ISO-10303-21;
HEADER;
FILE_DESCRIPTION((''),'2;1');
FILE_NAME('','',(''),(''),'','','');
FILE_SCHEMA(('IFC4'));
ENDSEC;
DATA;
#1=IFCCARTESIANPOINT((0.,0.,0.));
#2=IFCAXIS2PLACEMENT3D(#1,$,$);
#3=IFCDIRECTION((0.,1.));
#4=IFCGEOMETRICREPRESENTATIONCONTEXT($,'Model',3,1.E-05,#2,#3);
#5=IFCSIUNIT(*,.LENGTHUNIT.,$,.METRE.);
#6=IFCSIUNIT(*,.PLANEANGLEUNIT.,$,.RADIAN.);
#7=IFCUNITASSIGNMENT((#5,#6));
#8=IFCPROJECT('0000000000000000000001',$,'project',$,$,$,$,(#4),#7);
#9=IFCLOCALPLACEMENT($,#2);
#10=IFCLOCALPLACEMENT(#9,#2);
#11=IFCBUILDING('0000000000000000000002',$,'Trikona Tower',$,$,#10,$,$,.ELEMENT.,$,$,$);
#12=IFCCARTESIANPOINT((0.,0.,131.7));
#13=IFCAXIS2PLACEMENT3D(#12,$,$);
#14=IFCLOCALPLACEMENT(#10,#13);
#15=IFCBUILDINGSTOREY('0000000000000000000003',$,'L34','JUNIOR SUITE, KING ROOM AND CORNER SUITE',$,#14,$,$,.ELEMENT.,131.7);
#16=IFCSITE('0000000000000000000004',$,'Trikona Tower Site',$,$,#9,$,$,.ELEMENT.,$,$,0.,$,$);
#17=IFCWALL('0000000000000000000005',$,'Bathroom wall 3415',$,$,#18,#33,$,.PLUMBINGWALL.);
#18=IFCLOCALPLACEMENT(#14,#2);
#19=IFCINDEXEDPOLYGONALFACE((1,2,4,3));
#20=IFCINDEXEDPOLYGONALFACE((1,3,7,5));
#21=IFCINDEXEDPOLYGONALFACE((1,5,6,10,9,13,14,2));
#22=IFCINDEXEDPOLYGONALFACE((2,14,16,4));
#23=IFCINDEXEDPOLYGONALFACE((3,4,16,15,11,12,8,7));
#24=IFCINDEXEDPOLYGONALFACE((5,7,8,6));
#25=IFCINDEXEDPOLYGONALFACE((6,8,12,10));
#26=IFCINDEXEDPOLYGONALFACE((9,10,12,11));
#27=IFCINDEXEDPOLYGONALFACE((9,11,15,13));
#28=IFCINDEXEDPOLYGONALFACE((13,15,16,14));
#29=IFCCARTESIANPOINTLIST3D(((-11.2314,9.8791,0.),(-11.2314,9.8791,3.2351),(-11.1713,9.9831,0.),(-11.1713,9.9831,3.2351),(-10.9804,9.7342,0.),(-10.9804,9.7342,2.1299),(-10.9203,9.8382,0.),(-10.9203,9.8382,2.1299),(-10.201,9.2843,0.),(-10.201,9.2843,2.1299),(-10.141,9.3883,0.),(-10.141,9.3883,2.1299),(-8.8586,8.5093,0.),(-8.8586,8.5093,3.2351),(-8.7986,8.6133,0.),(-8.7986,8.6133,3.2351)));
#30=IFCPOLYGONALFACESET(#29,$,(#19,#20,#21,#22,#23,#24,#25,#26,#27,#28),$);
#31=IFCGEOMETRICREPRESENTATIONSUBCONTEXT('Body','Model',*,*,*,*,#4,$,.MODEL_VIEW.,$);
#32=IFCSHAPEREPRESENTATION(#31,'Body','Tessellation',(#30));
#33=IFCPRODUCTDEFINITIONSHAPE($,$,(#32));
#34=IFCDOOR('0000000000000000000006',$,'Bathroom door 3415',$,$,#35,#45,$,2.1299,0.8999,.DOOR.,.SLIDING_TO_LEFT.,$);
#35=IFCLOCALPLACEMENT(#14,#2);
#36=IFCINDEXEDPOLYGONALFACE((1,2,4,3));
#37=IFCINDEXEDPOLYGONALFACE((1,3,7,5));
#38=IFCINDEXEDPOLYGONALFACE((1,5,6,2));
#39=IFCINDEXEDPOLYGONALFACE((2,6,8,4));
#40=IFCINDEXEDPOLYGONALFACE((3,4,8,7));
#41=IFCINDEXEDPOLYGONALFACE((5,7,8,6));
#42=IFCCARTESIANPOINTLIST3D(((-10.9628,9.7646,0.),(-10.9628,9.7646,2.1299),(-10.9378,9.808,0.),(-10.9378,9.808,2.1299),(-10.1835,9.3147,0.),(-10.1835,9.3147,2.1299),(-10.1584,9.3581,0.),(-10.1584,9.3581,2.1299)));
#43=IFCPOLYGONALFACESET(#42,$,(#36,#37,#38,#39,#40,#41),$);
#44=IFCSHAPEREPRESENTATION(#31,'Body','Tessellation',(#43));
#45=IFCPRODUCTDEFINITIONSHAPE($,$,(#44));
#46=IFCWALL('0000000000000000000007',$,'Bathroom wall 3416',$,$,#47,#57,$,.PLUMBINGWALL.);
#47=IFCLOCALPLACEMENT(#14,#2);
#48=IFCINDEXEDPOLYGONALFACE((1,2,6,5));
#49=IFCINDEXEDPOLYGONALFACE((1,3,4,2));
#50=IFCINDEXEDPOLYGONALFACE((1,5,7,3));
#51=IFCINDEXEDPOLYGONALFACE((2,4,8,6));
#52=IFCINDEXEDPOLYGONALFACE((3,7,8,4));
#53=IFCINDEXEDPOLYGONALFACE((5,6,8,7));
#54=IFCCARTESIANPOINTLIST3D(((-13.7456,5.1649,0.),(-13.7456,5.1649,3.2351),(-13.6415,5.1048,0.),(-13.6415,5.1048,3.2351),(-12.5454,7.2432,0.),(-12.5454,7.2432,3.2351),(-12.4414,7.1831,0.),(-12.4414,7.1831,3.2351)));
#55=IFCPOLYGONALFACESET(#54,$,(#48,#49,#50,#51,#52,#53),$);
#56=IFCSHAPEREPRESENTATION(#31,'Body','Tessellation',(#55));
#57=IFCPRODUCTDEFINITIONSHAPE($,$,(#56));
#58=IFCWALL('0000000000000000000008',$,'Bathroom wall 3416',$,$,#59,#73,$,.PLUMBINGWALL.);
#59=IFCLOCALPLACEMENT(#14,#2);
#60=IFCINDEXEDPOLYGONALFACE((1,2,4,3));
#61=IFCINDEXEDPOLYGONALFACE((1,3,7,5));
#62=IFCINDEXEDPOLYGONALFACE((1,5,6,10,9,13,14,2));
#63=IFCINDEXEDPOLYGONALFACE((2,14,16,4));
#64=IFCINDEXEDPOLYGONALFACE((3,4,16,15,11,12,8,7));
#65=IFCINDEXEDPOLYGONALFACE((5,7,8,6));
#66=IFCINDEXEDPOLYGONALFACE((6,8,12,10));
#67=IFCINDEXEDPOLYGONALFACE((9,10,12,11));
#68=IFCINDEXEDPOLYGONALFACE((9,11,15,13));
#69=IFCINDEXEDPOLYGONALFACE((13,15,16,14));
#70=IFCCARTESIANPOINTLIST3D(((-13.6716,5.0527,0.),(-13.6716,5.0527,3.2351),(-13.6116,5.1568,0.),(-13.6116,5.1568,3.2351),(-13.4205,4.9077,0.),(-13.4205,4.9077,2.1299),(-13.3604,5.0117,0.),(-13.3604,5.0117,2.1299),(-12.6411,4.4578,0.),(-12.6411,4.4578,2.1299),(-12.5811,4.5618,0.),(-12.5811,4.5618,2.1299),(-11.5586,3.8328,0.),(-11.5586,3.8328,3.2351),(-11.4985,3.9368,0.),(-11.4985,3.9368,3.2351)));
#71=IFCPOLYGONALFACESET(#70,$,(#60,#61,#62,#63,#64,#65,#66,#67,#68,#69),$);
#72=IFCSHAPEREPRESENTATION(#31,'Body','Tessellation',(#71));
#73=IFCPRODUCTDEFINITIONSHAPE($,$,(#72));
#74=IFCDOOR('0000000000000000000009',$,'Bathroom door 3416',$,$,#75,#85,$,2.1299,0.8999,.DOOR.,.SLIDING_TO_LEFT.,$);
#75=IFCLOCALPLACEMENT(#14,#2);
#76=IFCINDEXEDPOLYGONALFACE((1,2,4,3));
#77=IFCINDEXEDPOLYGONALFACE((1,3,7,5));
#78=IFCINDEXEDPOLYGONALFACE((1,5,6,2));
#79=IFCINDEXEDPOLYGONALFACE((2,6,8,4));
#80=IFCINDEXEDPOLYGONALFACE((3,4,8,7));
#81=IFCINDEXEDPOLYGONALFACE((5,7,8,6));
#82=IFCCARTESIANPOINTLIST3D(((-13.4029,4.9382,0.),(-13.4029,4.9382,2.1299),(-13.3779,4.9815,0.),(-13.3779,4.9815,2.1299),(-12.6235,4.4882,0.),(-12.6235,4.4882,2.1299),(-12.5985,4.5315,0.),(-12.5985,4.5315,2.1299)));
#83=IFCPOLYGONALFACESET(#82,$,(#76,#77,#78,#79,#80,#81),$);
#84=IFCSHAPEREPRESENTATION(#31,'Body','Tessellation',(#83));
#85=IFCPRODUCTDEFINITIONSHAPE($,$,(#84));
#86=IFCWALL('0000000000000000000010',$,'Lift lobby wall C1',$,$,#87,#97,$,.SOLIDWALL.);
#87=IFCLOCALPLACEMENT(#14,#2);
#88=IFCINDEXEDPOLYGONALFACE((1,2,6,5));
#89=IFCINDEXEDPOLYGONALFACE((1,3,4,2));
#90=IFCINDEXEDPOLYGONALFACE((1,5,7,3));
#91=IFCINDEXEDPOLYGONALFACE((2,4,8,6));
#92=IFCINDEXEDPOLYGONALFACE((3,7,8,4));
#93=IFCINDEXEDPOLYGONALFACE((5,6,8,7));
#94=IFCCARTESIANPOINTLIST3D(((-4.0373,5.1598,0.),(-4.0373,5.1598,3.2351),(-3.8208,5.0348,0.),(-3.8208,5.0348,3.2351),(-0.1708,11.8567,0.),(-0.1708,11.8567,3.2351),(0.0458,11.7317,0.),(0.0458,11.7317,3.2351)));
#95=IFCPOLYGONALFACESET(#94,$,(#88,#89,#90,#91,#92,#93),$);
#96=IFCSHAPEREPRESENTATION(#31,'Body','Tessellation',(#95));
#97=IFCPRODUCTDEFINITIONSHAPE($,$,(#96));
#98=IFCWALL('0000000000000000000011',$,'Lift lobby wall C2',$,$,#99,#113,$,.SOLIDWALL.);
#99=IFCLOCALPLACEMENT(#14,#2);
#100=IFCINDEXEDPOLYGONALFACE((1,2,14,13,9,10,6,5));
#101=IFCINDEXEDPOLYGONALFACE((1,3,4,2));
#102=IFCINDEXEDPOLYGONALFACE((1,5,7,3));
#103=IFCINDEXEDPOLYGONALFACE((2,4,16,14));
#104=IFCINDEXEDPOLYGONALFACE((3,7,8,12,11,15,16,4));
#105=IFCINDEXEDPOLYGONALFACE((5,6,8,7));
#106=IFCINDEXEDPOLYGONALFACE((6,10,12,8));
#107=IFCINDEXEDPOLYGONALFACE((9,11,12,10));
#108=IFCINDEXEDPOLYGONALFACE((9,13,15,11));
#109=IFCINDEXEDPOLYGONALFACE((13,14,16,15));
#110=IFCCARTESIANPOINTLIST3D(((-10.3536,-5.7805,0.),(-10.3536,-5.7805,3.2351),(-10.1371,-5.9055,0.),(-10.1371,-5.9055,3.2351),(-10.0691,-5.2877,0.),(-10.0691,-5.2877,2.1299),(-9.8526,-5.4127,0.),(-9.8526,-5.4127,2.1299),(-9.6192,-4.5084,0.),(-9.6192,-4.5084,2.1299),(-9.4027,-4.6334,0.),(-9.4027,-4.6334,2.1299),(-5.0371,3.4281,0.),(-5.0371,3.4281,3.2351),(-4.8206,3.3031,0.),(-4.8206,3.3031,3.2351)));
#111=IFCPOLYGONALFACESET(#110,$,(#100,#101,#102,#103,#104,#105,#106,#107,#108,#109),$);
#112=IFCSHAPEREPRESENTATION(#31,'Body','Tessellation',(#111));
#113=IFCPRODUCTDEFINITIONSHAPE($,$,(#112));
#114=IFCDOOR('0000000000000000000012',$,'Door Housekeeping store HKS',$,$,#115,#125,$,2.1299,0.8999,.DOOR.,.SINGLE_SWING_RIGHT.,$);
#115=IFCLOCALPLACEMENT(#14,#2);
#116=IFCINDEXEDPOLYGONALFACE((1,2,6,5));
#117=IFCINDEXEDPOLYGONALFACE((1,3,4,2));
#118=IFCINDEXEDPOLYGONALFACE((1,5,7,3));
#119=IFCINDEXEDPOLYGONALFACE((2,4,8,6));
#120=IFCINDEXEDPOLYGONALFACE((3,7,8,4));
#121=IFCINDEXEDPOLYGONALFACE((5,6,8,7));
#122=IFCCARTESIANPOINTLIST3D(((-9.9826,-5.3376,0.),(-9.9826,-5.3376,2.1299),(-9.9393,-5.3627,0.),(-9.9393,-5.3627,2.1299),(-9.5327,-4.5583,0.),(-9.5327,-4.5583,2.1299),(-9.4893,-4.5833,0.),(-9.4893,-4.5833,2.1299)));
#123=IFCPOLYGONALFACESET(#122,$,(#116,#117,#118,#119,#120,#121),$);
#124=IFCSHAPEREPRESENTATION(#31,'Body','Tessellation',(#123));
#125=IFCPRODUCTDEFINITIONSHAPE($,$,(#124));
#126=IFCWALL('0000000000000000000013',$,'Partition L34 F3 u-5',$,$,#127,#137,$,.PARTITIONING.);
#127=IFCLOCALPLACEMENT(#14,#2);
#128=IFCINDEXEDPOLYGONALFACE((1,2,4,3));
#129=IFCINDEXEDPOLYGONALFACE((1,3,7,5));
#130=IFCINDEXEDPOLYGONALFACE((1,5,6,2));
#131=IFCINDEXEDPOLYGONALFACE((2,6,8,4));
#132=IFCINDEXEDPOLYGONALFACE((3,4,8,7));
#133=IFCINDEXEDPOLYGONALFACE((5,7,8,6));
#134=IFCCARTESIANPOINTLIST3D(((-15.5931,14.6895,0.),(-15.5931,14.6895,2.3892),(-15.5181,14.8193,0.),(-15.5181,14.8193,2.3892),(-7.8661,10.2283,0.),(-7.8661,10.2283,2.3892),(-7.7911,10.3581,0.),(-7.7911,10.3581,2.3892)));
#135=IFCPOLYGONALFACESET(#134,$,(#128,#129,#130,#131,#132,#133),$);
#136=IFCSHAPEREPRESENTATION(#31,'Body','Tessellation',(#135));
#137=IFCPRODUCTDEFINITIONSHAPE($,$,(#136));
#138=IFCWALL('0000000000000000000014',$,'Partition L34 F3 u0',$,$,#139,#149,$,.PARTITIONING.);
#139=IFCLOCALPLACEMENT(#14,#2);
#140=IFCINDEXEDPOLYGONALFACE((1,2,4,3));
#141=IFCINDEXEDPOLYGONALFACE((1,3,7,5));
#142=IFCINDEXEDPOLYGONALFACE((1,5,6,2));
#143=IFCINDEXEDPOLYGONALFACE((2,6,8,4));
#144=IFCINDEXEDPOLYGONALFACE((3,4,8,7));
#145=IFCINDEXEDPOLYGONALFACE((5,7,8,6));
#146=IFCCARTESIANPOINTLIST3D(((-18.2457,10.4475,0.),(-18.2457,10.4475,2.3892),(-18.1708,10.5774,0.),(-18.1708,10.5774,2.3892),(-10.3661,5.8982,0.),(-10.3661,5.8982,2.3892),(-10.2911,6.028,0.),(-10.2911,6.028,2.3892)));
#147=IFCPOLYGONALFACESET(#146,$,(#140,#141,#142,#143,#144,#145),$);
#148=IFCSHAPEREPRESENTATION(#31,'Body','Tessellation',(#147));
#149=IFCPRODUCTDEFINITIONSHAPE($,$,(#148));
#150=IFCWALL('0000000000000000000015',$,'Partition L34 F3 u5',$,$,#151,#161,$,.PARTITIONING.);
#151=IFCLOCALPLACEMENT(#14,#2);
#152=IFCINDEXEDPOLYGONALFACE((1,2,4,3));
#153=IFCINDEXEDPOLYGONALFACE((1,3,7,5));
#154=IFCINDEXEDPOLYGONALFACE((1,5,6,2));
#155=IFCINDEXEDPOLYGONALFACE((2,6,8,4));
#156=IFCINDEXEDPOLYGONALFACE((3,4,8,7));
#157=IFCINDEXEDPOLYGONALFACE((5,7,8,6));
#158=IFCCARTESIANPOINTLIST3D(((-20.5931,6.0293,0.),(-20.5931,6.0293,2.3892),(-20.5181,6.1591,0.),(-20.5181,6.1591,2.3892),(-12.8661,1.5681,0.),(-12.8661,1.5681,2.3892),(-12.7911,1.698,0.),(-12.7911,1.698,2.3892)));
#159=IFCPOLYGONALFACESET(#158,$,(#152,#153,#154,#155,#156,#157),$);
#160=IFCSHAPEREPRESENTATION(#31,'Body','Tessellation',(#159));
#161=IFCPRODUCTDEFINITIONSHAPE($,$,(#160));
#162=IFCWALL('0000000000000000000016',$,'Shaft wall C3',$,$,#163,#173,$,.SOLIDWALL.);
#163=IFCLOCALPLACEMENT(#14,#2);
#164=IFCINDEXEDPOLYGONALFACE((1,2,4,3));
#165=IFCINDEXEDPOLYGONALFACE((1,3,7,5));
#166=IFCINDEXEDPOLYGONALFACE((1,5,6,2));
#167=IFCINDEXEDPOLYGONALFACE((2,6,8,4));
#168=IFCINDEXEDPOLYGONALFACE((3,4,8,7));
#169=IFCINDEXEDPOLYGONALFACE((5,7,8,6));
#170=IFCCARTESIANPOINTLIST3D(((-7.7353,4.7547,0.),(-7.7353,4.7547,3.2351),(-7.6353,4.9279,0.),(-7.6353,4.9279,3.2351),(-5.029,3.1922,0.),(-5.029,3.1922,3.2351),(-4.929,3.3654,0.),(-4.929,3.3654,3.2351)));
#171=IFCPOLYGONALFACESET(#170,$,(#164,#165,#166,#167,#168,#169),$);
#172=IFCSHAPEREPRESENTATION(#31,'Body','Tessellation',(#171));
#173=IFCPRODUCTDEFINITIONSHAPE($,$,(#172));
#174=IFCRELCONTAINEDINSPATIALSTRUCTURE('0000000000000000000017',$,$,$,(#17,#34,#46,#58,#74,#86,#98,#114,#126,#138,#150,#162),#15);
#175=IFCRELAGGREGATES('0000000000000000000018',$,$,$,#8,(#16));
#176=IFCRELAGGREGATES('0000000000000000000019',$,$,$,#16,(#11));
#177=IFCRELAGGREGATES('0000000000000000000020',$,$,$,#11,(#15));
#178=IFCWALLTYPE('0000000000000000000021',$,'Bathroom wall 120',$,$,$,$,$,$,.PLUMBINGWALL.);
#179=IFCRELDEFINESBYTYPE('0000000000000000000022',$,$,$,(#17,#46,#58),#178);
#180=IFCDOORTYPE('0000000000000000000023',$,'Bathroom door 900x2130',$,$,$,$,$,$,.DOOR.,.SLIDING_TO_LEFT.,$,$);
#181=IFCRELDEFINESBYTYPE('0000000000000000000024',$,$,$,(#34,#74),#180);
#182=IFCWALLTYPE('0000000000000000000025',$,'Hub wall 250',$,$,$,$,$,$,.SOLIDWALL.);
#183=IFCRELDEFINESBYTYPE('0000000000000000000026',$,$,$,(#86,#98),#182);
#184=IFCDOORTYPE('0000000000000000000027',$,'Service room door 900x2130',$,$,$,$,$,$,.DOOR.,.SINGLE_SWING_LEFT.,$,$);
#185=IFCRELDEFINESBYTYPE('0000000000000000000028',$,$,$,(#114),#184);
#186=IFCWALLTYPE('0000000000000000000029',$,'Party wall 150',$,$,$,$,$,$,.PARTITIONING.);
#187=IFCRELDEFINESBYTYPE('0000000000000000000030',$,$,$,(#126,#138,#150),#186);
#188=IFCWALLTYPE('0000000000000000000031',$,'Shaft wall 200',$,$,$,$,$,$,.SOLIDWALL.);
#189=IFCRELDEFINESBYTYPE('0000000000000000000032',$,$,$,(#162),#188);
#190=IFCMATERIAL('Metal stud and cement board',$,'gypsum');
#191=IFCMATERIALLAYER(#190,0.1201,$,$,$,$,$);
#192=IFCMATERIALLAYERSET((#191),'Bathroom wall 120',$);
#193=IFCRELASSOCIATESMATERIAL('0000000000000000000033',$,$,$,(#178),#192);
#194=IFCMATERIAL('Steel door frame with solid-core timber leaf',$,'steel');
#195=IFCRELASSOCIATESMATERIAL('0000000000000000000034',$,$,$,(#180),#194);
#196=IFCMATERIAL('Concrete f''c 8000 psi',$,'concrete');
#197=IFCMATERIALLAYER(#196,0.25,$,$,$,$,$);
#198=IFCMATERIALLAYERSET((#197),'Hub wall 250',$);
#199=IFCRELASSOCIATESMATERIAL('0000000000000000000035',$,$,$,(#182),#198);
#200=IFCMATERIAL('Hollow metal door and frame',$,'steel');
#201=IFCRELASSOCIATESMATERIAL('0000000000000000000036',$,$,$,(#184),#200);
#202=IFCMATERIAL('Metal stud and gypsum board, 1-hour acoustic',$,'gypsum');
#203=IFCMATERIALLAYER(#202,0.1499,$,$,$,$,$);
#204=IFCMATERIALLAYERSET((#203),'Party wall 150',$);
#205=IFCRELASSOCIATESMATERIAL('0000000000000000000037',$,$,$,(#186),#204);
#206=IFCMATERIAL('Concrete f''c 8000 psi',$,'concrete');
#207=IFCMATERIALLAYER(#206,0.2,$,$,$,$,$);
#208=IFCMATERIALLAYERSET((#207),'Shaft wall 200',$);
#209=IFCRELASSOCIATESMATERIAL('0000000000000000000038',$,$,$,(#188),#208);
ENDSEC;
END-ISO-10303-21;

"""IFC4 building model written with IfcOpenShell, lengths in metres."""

from ifc_helpers import new_model, si_unit, direction, frame, frame_2d, origin, place, context, subcontext, project, spatial, rectangle, extrude, material, layer, layer_set, type_object, element, fill, save


model = new_model("IFC4")

# Units and contexts
model_context = context("Model", 3, precision=1e-05, world=origin(), true_north=direction((0.0, 1.0)))
body_context = subcontext(model_context, "Body", "Model", "MODEL_VIEW")
ifc_project = project(units=[si_unit("LENGTHUNIT", "METRE"), si_unit("PLANEANGLEUNIT", "RADIAN")], contexts=[model_context])

# Site, building, storey
site_placement = place(None, origin())
site = spatial("IfcSite", under=ifc_project, at=site_placement, Name="Trikona Tower Site", CompositionType="ELEMENT", RefElevation=0.0)
building_placement = place(site_placement, origin())
building = spatial("IfcBuilding", under=site, at=building_placement, Name="Trikona Tower", CompositionType="ELEMENT")
storey_placement = place(building_placement, frame((0.0, 0.0, 131.7)))
storey = spatial("IfcBuildingStorey", under=building, at=storey_placement, Name="L34", Description="JUNIOR SUITE, KING ROOM AND CORNER SUITE", CompositionType="ELEMENT", Elevation=131.7)

# Shared definitions
ifc_material_1 = material(Name="Metal stud and cement board", Category="gypsum")
ifc_layer_1 = layer(ifc_material_1, 0.1201)
ifc_layer_set_1 = layer_set([ifc_layer_1], Name="Bathroom wall 120")
wall_type_1 = type_object("IfcWallType", Name="Bathroom wall 120", PredefinedType="PLUMBINGWALL", material=ifc_layer_set_1)
ifc_material_2 = material(Name="Steel door frame with solid-core timber leaf", Category="steel")
door_type_1 = type_object("IfcDoorType", Name="Bathroom door 900x2130", OperationType="SLIDING_TO_LEFT", PredefinedType="DOOR", material=ifc_material_2)

# Wall, opening, door
wall_1_placement = place(storey_placement, frame((-8.8286, 8.5613, 0.0), z_axis=(0.0, 0.0, 1.0), x_axis=(-0.866036, 0.499982, 0.0)))
wall_1 = element("IfcWall", 1, at=wall_1_placement, inside=storey, type_object=wall_type_1, Name="Bathroom wall 3415", PredefinedType="PLUMBINGWALL", context=body_context, shape_type="SweptSolid", body=[
    extrude(rectangle(XDim=2.7397, YDim=0.1201, at=frame_2d((1.3699, 0.0))), origin(), (0.0, 0.0, 1.0), 3.2351),
])
opening_1_placement = place(wall_1_placement, frame((1.55, 0.0, 0.0)))
opening_1 = element("IfcOpeningElement", 2, at=opening_1_placement, cuts=wall_1, PredefinedType="OPENING", context=body_context, shape_type="SweptSolid", body=[
    extrude(rectangle(XDim=0.8999, YDim=2.1299, at=frame_2d((0.45, 1.0649))), frame((0.0, 0.0701, 0.0), z_axis=(0.0, -1.0, 0.0), x_axis=(1.0, 0.0, 0.0)), (0.0, 0.0, 1.0), 0.1401),
])
door_1_placement = place(opening_1_placement, origin())
door_1 = element("IfcDoor", 3, at=door_1_placement, inside=storey, type_object=door_type_1, Name="Bathroom door 3415", OperationType="SLIDING_TO_LEFT", OverallHeight=2.1299, OverallWidth=0.8999, PredefinedType="DOOR", context=body_context, shape_type="SweptSolid", body=[
    extrude(rectangle(XDim=0.8999, YDim=2.1299, at=frame_2d((0.45, 1.0649))), frame((0.0, 0.0249, 0.0), z_axis=(0.0, -1.0, 0.0), x_axis=(1.0, 0.0, 0.0)), (0.0, 0.0, 1.0), 0.05),
])
fill(opening_1, door_1)

# Wall
wall_2_placement = place(storey_placement, frame((-12.4934, 7.2131, 0.0), z_axis=(0.0, 0.0, 1.0), x_axis=(-0.500078, -0.865981, 0.0)))
element("IfcWall", 4, at=wall_2_placement, inside=storey, type_object=wall_type_1, Name="Bathroom wall 3416", PredefinedType="PLUMBINGWALL", context=body_context, shape_type="SweptSolid", body=[
    extrude(rectangle(XDim=2.3999, YDim=0.1201, at=frame_2d((1.2, 0.0))), origin(), (0.0, 0.0, 1.0), 3.2351),
])

# Wall, opening, door
wall_3_placement = place(storey_placement, frame((-11.5286, 3.8848, 0.0), z_axis=(0.0, 0.0, 1.0), x_axis=(-0.866024, 0.500003, 0.0)))
wall_3 = element("IfcWall", 5, at=wall_3_placement, inside=storey, type_object=wall_type_1, Name="Bathroom wall 3416", PredefinedType="PLUMBINGWALL", context=body_context, shape_type="SweptSolid", body=[
    extrude(rectangle(XDim=2.4399, YDim=0.1201, at=frame_2d((1.22, 0.0))), origin(), (0.0, 0.0, 1.0), 3.2351),
])
opening_2_placement = place(wall_3_placement, frame((1.25, 0.0, 0.0)))
opening_2 = element("IfcOpeningElement", 6, at=opening_2_placement, cuts=wall_3, PredefinedType="OPENING", context=body_context, shape_type="SweptSolid", body=[
    extrude(rectangle(XDim=0.8999, YDim=2.1299, at=frame_2d((0.45, 1.0649))), frame((0.0, 0.0701, 0.0), z_axis=(0.0, -1.0, 0.0), x_axis=(1.0, 0.0, 0.0)), (0.0, 0.0, 1.0), 0.1401),
])
door_2_placement = place(opening_2_placement, origin())
door_2 = element("IfcDoor", 7, at=door_2_placement, inside=storey, type_object=door_type_1, Name="Bathroom door 3416", OperationType="SLIDING_TO_LEFT", OverallHeight=2.1299, OverallWidth=0.8999, PredefinedType="DOOR", context=body_context, shape_type="SweptSolid", body=[
    extrude(rectangle(XDim=0.8999, YDim=2.1299, at=frame_2d((0.45, 1.0649))), frame((0.0, 0.0249, 0.0), z_axis=(0.0, -1.0, 0.0), x_axis=(1.0, 0.0, 0.0)), (0.0, 0.0, 1.0), 0.05),
])
fill(opening_2, door_2)

# Wall
ifc_material_3 = material(Name="Concrete f'c 8000 psi", Category="concrete")
ifc_layer_2 = layer(ifc_material_3, 0.25)
ifc_layer_set_2 = layer_set([ifc_layer_2], Name="Hub wall 250")
wall_type_2 = type_object("IfcWallType", Name="Hub wall 250", PredefinedType="SOLIDWALL", material=ifc_layer_set_2)
wall_4_placement = place(storey_placement, frame((-0.0625, 11.7942, 0.0), z_axis=(0.0, 0.0, 1.0), x_axis=(-0.500007, -0.866022, 0.0)))
element("IfcWall", 8, at=wall_4_placement, inside=storey, type_object=wall_type_2, Name="Lift lobby wall C1", PredefinedType="SOLIDWALL", context=body_context, shape_type="SweptSolid", body=[
    extrude(rectangle(XDim=7.7329, YDim=0.25, at=frame_2d((3.8665, 0.0))), origin(), (0.0, 0.0, 1.0), 3.2351),
])

# Wall, opening, door
wall_5_placement = place(storey_placement, frame((-4.929, 3.3655, 0.0), z_axis=(0.0, 0.0, 1.0), x_axis=(-0.499991, -0.86603, 0.0)))
wall_5 = element("IfcWall", 9, at=wall_5_placement, inside=storey, type_object=wall_type_2, Name="Lift lobby wall C2", PredefinedType="SOLIDWALL", context=body_context, shape_type="SweptSolid", body=[
    extrude(rectangle(XDim=10.6331, YDim=0.25, at=frame_2d((5.3164, 0.0))), origin(), (0.0, 0.0, 1.0), 3.2351),
])
opening_3_placement = place(wall_5_placement, frame((9.1641, 0.0, 0.0)))
opening_3 = element("IfcOpeningElement", 10, at=opening_3_placement, cuts=wall_5, PredefinedType="OPENING", context=body_context, shape_type="SweptSolid", body=[
    extrude(rectangle(XDim=0.8999, YDim=2.1299, at=frame_2d((0.45, 1.0649))), frame((0.0, 0.135, 0.0), z_axis=(0.0, -1.0, 0.0), x_axis=(1.0, 0.0, 0.0)), (0.0, 0.0, 1.0), 0.27),
])
ifc_material_4 = material(Name="Hollow metal door and frame", Category="steel")
door_type_2 = type_object("IfcDoorType", Name="Service room door 900x2130", OperationType="SINGLE_SWING_LEFT", PredefinedType="DOOR", material=ifc_material_4)
door_3_placement = place(opening_3_placement, origin())
door_3 = element("IfcDoor", 11, at=door_3_placement, inside=storey, type_object=door_type_2, Name="Door Housekeeping store HKS", OperationType="SINGLE_SWING_RIGHT", OverallHeight=2.1299, OverallWidth=0.8999, PredefinedType="DOOR", context=body_context, shape_type="SweptSolid", body=[
    extrude(rectangle(XDim=0.8999, YDim=2.1299, at=frame_2d((0.45, 1.0649))), frame((0.0, 0.0249, 0.0), z_axis=(0.0, -1.0, 0.0), x_axis=(1.0, 0.0, 0.0)), (0.0, 0.0, 1.0), 0.05),
])
fill(opening_3, door_3)

# Walls
ifc_material_5 = material(Name="Metal stud and gypsum board, 1-hour acoustic", Category="gypsum")
ifc_layer_3 = layer(ifc_material_5, 0.1499)
ifc_layer_set_3 = layer_set([ifc_layer_3], Name="Party wall 150")
wall_type_3 = type_object("IfcWallType", Name="Party wall 150", PredefinedType="PARTITIONING", material=ifc_layer_set_3)
wall_6_placement = place(storey_placement, frame((-7.8286, 10.2932, 0.0), z_axis=(0.0, 0.0, 1.0), x_axis=(-0.866027, 0.499997, 0.0)))
element("IfcWall", 12, at=wall_6_placement, inside=storey, type_object=wall_type_3, Name="Partition L34 F3 u-5", PredefinedType="PARTITIONING", context=body_context, shape_type="SweptSolid", body=[
    extrude(rectangle(XDim=8.9224, YDim=0.1499, at=frame_2d((4.4612, 0.0))), origin(), (0.0, 0.0, 1.0), 2.3892),
])
wall_7_placement = place(storey_placement, frame((-10.3286, 5.9631, 0.0), z_axis=(0.0, 0.0, 1.0), x_axis=(-0.866025, 0.5, 0.0)))
element("IfcWall", 13, at=wall_7_placement, inside=storey, type_object=wall_type_3, Name="Partition L34 F3 u0", PredefinedType="PARTITIONING", context=body_context, shape_type="SweptSolid", body=[
    extrude(rectangle(XDim=9.0986, YDim=0.1499, at=frame_2d((4.5493, 0.0))), origin(), (0.0, 0.0, 1.0), 2.3892),
])
wall_8_placement = place(storey_placement, frame((-12.8286, 1.6331, 0.0), z_axis=(0.0, 0.0, 1.0), x_axis=(-0.866027, 0.499997, 0.0)))
element("IfcWall", 14, at=wall_8_placement, inside=storey, type_object=wall_type_3, Name="Partition L34 F3 u5", PredefinedType="PARTITIONING", context=body_context, shape_type="SweptSolid", body=[
    extrude(rectangle(XDim=8.9224, YDim=0.1499, at=frame_2d((4.4612, 0.0))), origin(), (0.0, 0.0, 1.0), 2.3892),
])
ifc_material_6 = material(Name="Concrete f'c 8000 psi", Category="concrete")
ifc_layer_4 = layer(ifc_material_6, 0.2)
ifc_layer_set_4 = layer_set([ifc_layer_4], Name="Shaft wall 200")
wall_type_4 = type_object("IfcWallType", Name="Shaft wall 200", PredefinedType="SOLIDWALL", material=ifc_layer_set_4)
for number, where, z_axis, x_axis, name in (
    (15, (-4.979, 3.2788, 0.0), (0.0, 0.0, 1.0), (-0.866023, 0.500004, 0.0), "Shaft wall C3"),
):
    element("IfcWall", number, at=place(storey_placement, frame(where, z_axis=z_axis, x_axis=x_axis)), inside=storey, type_object=wall_type_4, Name=name, PredefinedType="SOLIDWALL", context=body_context, shape_type="SweptSolid", body=[
        extrude(rectangle(XDim=3.125, YDim=0.2, at=frame_2d((1.5625, 0.0))), origin(), (0.0, 0.0, 1.0), 3.2351),
    ])

save(model, "model.ifc")
